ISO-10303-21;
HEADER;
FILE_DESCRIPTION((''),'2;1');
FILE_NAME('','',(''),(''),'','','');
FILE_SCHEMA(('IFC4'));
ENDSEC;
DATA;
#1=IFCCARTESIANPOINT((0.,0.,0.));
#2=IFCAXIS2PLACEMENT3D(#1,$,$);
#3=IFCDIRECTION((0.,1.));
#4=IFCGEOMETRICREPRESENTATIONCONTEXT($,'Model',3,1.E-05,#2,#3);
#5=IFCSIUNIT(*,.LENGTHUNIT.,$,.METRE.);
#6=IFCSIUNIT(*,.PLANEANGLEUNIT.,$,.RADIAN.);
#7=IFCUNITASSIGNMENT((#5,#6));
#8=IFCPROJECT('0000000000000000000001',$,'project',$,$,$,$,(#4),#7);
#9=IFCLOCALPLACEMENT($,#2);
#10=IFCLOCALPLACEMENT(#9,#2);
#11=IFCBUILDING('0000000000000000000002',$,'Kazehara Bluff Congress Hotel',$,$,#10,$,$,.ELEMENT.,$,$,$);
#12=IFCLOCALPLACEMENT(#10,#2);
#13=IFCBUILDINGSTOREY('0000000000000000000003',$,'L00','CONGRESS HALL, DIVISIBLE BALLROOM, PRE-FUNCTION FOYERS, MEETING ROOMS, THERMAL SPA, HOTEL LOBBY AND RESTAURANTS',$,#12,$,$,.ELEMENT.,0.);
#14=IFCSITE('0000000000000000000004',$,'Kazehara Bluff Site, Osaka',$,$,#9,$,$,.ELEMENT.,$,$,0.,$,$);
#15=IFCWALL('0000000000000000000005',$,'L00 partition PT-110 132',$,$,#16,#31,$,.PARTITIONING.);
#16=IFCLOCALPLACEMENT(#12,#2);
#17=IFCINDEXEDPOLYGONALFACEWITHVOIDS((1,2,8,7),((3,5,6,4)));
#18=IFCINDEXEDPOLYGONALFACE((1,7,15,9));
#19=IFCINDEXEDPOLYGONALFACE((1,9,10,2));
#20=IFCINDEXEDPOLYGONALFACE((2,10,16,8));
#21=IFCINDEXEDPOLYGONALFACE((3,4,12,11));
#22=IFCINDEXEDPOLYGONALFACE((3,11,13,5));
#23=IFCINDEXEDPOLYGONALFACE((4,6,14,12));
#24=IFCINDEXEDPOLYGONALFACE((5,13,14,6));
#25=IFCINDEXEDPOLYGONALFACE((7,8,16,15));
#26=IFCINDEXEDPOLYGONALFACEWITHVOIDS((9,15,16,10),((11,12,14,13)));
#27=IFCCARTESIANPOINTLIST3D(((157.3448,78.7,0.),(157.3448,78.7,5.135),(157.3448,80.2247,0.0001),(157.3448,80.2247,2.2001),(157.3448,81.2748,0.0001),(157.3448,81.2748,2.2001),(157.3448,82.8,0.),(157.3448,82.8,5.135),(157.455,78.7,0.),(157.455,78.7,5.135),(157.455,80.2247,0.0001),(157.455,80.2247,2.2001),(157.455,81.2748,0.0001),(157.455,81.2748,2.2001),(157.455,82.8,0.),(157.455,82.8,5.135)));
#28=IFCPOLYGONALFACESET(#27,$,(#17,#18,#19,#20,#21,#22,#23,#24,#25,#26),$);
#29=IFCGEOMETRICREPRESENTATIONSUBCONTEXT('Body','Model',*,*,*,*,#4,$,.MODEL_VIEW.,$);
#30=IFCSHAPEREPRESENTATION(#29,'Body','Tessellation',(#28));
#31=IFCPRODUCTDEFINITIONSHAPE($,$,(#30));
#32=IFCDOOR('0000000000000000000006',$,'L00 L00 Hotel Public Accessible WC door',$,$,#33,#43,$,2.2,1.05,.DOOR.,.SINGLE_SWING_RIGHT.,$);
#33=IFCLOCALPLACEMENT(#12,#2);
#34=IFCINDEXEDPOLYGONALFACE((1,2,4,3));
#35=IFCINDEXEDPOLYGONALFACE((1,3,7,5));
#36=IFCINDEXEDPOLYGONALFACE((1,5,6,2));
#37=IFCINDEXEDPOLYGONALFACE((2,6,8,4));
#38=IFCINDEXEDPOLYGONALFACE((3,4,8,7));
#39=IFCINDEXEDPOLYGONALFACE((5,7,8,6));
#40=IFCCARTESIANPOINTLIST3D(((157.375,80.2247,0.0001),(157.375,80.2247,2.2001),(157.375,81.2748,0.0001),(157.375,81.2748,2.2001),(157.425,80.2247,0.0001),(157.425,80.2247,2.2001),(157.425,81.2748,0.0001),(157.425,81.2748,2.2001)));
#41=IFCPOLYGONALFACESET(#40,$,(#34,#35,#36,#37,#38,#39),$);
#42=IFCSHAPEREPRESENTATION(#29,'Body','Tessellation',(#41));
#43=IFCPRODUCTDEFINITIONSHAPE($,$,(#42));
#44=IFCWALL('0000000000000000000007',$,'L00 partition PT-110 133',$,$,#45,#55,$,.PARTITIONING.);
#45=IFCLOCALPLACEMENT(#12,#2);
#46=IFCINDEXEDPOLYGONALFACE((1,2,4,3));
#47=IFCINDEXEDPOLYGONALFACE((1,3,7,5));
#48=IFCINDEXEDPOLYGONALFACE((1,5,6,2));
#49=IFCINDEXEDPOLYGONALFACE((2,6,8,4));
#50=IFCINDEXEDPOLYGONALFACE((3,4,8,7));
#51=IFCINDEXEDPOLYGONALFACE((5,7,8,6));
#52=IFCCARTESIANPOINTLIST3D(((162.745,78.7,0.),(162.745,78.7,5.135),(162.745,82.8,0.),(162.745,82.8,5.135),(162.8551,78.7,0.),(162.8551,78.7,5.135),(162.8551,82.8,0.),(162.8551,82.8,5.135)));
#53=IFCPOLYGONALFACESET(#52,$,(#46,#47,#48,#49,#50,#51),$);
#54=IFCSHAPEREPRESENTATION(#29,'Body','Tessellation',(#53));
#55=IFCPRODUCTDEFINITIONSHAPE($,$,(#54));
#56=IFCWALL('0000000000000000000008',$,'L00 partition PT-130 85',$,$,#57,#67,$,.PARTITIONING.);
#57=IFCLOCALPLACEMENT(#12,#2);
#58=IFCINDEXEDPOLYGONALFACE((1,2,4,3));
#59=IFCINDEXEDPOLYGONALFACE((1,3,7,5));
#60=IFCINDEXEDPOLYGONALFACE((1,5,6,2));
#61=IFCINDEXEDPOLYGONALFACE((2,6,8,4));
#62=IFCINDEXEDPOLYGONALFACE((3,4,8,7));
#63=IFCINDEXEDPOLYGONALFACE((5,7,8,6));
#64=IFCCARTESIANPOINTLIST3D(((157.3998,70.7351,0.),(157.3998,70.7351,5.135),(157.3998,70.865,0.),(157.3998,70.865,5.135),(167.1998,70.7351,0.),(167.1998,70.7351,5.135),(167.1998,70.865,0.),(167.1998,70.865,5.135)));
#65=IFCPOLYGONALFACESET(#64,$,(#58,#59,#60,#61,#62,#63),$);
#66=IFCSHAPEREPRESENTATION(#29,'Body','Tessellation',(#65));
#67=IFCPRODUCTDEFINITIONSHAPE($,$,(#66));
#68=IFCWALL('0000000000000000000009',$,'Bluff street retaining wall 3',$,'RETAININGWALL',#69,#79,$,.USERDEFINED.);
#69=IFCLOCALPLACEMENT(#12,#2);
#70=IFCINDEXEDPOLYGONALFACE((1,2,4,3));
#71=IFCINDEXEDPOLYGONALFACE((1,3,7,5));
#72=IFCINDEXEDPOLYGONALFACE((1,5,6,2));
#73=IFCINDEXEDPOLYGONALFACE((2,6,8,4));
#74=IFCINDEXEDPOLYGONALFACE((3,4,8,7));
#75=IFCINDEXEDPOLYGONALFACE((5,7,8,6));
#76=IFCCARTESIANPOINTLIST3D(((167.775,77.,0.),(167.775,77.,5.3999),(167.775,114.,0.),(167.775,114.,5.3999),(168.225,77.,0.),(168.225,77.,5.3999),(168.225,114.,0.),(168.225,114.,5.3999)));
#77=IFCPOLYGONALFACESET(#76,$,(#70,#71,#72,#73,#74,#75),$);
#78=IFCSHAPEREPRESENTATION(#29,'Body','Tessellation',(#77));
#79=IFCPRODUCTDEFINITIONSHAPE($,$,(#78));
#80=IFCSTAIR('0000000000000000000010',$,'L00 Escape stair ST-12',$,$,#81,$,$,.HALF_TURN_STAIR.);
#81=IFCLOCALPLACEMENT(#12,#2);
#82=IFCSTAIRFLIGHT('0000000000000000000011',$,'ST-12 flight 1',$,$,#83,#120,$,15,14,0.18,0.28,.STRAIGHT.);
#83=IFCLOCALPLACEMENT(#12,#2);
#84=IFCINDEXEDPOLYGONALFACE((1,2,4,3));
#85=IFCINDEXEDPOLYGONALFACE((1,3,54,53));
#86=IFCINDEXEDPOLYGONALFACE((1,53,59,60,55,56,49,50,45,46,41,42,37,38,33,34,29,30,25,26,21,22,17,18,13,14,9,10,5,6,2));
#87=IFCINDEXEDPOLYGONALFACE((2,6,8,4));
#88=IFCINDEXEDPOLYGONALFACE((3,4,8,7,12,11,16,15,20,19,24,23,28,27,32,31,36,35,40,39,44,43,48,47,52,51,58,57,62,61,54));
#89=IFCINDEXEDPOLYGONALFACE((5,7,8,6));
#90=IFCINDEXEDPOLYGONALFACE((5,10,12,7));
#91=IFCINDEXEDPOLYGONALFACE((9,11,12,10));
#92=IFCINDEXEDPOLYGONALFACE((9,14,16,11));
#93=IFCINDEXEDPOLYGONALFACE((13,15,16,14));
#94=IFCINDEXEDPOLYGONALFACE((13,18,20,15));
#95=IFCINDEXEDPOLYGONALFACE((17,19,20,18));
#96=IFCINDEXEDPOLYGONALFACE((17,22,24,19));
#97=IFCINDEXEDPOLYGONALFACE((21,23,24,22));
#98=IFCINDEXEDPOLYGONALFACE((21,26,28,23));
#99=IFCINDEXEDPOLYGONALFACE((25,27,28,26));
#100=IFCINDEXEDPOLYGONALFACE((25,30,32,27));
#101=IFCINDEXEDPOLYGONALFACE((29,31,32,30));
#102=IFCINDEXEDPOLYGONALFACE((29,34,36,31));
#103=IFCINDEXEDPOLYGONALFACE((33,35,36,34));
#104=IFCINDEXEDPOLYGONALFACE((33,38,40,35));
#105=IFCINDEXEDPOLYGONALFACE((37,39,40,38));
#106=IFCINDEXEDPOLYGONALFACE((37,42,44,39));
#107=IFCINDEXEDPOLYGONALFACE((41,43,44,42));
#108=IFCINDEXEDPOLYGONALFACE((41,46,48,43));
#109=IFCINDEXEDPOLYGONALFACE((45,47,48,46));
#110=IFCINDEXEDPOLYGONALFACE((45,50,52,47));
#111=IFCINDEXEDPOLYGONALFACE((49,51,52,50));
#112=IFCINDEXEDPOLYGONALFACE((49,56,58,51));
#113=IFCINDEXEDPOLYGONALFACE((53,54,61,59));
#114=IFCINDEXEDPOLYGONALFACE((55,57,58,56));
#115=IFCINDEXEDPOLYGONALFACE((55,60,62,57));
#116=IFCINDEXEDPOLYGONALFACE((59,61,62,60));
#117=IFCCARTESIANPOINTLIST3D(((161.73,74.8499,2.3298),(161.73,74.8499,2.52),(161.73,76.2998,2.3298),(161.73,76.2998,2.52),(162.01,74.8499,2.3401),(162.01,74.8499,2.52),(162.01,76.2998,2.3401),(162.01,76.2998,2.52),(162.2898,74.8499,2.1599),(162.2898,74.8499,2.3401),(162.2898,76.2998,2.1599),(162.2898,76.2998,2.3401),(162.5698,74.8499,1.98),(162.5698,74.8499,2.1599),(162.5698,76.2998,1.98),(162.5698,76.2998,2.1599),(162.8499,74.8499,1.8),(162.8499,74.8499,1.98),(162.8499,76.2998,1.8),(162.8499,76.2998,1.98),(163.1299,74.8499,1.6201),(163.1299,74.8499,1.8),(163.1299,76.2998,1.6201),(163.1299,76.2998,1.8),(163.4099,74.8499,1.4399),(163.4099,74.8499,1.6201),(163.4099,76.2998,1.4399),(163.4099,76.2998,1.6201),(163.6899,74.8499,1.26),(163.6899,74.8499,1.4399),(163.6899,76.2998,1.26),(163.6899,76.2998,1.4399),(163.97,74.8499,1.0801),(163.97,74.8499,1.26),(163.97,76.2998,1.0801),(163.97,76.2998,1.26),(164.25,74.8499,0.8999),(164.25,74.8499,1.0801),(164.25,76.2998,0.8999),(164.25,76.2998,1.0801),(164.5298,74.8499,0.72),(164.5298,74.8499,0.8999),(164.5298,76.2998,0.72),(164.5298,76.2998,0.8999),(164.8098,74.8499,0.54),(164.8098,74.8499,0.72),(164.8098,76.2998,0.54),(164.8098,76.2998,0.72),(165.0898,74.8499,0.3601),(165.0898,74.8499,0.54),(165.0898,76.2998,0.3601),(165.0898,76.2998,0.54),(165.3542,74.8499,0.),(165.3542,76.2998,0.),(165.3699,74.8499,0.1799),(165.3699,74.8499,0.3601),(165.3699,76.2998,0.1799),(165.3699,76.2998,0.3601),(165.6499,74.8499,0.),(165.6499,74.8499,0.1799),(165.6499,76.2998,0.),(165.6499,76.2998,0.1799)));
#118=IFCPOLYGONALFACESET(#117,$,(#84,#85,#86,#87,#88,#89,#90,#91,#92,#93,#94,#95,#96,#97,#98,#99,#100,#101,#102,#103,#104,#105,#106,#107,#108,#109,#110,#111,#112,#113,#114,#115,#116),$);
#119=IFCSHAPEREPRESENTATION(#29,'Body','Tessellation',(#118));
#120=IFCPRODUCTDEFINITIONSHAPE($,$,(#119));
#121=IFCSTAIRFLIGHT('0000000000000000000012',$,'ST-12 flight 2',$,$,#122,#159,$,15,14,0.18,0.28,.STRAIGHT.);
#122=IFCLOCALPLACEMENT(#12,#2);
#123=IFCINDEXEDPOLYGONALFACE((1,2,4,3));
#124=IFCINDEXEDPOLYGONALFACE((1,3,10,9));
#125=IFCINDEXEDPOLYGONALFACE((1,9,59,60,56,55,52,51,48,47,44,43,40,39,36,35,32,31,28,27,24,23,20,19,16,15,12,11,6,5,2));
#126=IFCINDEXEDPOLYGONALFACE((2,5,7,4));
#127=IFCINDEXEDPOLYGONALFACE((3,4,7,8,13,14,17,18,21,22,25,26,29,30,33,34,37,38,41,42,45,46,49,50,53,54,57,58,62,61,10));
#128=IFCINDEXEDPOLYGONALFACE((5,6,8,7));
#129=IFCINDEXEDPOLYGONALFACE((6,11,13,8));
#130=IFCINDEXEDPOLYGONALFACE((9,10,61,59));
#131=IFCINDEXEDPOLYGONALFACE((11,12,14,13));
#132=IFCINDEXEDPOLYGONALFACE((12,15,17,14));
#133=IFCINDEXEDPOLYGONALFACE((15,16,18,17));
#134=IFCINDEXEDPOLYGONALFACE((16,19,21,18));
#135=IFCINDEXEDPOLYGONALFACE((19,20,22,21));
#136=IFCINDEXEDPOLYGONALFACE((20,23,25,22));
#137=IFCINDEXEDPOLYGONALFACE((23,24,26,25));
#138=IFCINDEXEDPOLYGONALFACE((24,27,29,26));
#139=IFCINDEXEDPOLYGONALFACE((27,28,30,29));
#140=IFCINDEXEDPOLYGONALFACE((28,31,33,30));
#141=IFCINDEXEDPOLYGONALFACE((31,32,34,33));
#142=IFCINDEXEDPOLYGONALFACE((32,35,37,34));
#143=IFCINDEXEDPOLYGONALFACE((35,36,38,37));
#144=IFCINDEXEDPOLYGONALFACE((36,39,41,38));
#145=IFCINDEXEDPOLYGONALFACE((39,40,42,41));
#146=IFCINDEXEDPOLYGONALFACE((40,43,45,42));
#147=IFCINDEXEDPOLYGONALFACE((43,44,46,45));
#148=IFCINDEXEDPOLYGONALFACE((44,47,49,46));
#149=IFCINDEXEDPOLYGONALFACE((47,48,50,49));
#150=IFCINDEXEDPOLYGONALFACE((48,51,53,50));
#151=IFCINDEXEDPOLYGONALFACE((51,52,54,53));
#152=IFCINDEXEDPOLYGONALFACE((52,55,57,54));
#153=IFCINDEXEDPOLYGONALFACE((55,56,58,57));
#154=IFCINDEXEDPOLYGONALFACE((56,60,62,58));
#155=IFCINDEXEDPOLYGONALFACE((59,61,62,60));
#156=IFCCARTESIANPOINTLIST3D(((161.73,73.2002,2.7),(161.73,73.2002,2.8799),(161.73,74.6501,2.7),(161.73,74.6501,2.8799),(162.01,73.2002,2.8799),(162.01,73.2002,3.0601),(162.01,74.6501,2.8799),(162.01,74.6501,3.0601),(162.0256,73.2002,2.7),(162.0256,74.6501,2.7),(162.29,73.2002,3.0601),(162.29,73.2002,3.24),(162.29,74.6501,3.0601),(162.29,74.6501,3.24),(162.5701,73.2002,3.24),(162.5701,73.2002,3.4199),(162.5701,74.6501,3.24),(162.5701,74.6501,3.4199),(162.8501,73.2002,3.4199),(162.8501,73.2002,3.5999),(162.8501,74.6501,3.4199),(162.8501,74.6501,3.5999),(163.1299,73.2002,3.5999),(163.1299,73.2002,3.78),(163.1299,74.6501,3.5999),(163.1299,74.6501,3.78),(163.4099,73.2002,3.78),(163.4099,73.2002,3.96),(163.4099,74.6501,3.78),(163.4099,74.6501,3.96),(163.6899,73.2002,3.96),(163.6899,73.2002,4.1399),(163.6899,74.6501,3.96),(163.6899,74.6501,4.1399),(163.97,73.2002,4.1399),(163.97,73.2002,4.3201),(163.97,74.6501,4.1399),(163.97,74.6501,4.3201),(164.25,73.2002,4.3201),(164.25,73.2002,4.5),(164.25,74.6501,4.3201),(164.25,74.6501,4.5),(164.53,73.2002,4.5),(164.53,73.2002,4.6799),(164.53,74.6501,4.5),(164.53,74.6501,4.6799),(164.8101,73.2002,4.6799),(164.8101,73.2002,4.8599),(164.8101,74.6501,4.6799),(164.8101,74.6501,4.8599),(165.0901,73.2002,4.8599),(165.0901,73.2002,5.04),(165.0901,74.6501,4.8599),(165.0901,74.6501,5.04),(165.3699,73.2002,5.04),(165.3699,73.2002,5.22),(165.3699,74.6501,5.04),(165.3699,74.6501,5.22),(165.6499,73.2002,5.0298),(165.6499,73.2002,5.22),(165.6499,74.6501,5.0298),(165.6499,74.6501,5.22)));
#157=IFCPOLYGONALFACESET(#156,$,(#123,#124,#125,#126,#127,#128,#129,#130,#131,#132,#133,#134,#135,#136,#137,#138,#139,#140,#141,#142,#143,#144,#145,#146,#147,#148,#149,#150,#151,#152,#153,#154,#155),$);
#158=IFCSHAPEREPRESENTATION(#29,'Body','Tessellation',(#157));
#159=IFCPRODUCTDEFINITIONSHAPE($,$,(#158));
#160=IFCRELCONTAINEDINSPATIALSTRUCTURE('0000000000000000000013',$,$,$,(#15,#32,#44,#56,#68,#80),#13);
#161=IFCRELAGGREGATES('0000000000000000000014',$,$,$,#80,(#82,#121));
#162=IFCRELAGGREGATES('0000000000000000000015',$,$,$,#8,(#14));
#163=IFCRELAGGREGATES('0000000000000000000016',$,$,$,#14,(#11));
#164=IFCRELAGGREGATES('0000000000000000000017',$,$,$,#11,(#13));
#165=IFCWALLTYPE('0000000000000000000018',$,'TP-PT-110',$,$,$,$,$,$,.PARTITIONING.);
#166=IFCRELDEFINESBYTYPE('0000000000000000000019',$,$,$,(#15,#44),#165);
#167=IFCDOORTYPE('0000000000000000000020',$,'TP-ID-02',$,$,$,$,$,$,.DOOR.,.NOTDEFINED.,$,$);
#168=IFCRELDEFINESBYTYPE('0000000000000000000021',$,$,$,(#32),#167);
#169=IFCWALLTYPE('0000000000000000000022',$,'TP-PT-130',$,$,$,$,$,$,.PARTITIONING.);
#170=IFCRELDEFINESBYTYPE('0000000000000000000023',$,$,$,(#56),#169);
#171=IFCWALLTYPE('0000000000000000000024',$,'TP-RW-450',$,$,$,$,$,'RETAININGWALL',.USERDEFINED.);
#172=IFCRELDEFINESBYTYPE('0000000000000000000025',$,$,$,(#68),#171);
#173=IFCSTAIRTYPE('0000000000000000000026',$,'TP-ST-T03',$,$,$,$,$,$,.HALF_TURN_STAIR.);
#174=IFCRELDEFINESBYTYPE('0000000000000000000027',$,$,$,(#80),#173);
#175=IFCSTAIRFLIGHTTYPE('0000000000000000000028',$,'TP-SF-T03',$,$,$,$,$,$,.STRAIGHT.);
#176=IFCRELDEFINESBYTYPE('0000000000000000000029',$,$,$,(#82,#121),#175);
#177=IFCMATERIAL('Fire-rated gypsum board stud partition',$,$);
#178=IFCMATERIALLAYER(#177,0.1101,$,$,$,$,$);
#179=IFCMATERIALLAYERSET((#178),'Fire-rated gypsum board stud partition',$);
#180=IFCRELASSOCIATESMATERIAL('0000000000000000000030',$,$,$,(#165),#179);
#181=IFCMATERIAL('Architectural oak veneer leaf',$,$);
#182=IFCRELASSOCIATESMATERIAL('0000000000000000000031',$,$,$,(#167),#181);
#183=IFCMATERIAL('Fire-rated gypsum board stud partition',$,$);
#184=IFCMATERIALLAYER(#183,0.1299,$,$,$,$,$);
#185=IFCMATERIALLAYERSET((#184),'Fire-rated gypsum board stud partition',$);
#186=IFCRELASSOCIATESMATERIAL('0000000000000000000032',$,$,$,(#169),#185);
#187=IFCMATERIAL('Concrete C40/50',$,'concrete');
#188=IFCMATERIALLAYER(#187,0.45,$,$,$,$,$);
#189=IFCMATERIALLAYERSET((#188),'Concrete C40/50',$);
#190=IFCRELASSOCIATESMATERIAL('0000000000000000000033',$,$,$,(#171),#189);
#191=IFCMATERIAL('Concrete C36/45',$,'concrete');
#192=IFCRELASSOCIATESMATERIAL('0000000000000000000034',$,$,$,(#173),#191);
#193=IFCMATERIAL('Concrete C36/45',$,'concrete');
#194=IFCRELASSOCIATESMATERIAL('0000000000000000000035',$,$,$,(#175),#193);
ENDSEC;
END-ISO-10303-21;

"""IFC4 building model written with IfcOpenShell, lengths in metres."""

from ifc_helpers import new_model, si_unit, direction, frame, frame_2d, origin, place, context, subcontext, project, spatial, polyline, rectangle, outline, extrude, material, layer, layer_set, type_object, element, fill, aggregate, save


model = new_model("IFC4")

# Units and contexts
model_context = context("Model", 3, precision=1e-05, world=origin(), true_north=direction((0.0, 1.0)))
body_context = subcontext(model_context, "Body", "Model", "MODEL_VIEW")
ifc_project = project(units=[si_unit("LENGTHUNIT", "METRE"), si_unit("PLANEANGLEUNIT", "RADIAN")], contexts=[model_context])

# Site, building, storey
site_placement = place(None, origin())
site = spatial("IfcSite", under=ifc_project, at=site_placement, Name="Kazehara Bluff Site, Osaka", CompositionType="ELEMENT", RefElevation=0.0)
building_placement = place(site_placement, origin())
building = spatial("IfcBuilding", under=site, at=building_placement, Name="Kazehara Bluff Congress Hotel", CompositionType="ELEMENT")
storey_placement = place(building_placement, origin())
storey = spatial("IfcBuildingStorey", under=building, at=storey_placement, Name="L00", Description="CONGRESS HALL, DIVISIBLE BALLROOM, PRE-FUNCTION FOYERS, MEETING ROOMS, THERMAL SPA, HOTEL LOBBY AND RESTAURANTS", CompositionType="ELEMENT", Elevation=0.0)

# Shared definitions
ifc_material_1 = material(Name="Fire-rated gypsum board stud partition")
ifc_layer_1 = layer(ifc_material_1, 0.1101)
ifc_layer_set_1 = layer_set([ifc_layer_1], Name="Fire-rated gypsum board stud partition")
wall_type_1 = type_object("IfcWallType", Name="TP-PT-110", PredefinedType="PARTITIONING", material=ifc_layer_set_1)

# Wall, opening, door
wall_1_placement = place(storey_placement, frame((157.3999, 78.7, 0.0), z_axis=(0.0, 0.0, 1.0), x_axis=(0.0, 1.0, 0.0)))
wall_1 = element("IfcWall", 1, at=wall_1_placement, inside=storey, type_object=wall_type_1, Name="L00 partition PT-110 132", PredefinedType="PARTITIONING", context=body_context, shape_type="SweptSolid", body=[
    extrude(rectangle(XDim=4.1001, YDim=0.1101, at=frame_2d((2.05, 0.0))), origin(), (0.0, 0.0, 1.0), 5.135),
])
opening_1_placement = place(wall_1_placement, frame((1.5249, 0.0, 0.0)))
opening_1 = element("IfcOpeningElement", 2, at=opening_1_placement, cuts=wall_1, PredefinedType="OPENING", context=body_context, shape_type="SweptSolid", body=[
    extrude(rectangle(XDim=1.05, YDim=2.2, at=frame_2d((0.5249, 1.1001))), frame((0.0, 0.0649, 0.0), z_axis=(0.0, -1.0, 0.0), x_axis=(1.0, 0.0, 0.0)), (0.0, 0.0, 1.0), 0.1301),
])
ifc_material_2 = material(Name="Architectural oak veneer leaf")
door_type_1 = type_object("IfcDoorType", Name="TP-ID-02", OperationType="NOTDEFINED", PredefinedType="DOOR", material=ifc_material_2)
door_1_placement = place(opening_1_placement, origin())
door_1 = element("IfcDoor", 3, at=door_1_placement, inside=storey, type_object=door_type_1, Name="L00 L00 Hotel Public Accessible WC door", OperationType="SINGLE_SWING_RIGHT", OverallHeight=2.2, OverallWidth=1.05, PredefinedType="DOOR", context=body_context, shape_type="SweptSolid", body=[
    extrude(rectangle(XDim=1.05, YDim=2.2, at=frame_2d((0.5249, 1.1001))), frame((0.0, 0.0249, 0.0), z_axis=(0.0, -1.0, 0.0), x_axis=(1.0, 0.0, 0.0)), (0.0, 0.0, 1.0), 0.05),
])
fill(opening_1, door_1)

# Walls
wall_2_placement = place(storey_placement, frame((162.8, 78.7, 0.0), z_axis=(0.0, 0.0, 1.0), x_axis=(0.0, 1.0, 0.0)))
element("IfcWall", 4, at=wall_2_placement, inside=storey, type_object=wall_type_1, Name="L00 partition PT-110 133", PredefinedType="PARTITIONING", context=body_context, shape_type="SweptSolid", body=[
    extrude(rectangle(XDim=4.1001, YDim=0.1101, at=frame_2d((2.05, 0.0))), origin(), (0.0, 0.0, 1.0), 5.135),
])
ifc_material_3 = material(Name="Fire-rated gypsum board stud partition")
ifc_layer_2 = layer(ifc_material_3, 0.1299)
ifc_layer_set_2 = layer_set([ifc_layer_2], Name="Fire-rated gypsum board stud partition")
wall_type_2 = type_object("IfcWallType", Name="TP-PT-130", PredefinedType="PARTITIONING", material=ifc_layer_set_2)
wall_3_placement = place(storey_placement, frame((157.3999, 70.8, 0.0), z_axis=(0.0, 0.0, 1.0), x_axis=(1.0, 0.0, 0.0)))
element("IfcWall", 5, at=wall_3_placement, inside=storey, type_object=wall_type_2, Name="L00 partition PT-130 85", PredefinedType="PARTITIONING", context=body_context, shape_type="SweptSolid", body=[
    extrude(rectangle(XDim=9.8, YDim=0.1299, at=frame_2d((4.8999, 0.0))), origin(), (0.0, 0.0, 1.0), 5.135),
])
ifc_material_4 = material(Name="Concrete C40/50", Category="concrete")
ifc_layer_3 = layer(ifc_material_4, 0.45)
ifc_layer_set_3 = layer_set([ifc_layer_3], Name="Concrete C40/50")
wall_type_3 = type_object("IfcWallType", Name="TP-RW-450", ElementType="RETAININGWALL", PredefinedType="USERDEFINED", material=ifc_layer_set_3)
wall_4_placement = place(storey_placement, frame((168.0, 77.0, 0.0), z_axis=(0.0, 0.0, 1.0), x_axis=(0.0, 1.0, 0.0)))
element("IfcWall", 6, at=wall_4_placement, inside=storey, type_object=wall_type_3, Name="Bluff street retaining wall 3", ObjectType="RETAININGWALL", PredefinedType="USERDEFINED", context=body_context, shape_type="SweptSolid", body=[
    extrude(rectangle(XDim=37.0, YDim=0.45, at=frame_2d((18.5, 0.0))), origin(), (0.0, 0.0, 1.0), 5.3999),
])

# Stair, stair flights
ifc_material_5 = material(Name="Concrete C36/45", Category="concrete")
stair_type = type_object("IfcStairType", Name="TP-ST-T03", PredefinedType="HALF_TURN_STAIR", material=ifc_material_5)
stair_placement = place(storey_placement, origin())
stair = element("IfcStair", 7, at=stair_placement, inside=storey, type_object=stair_type, Name="L00 Escape stair ST-12", PredefinedType="HALF_TURN_STAIR")
ifc_material_6 = material(Name="Concrete C36/45", Category="concrete")
stair_flight_type = type_object("IfcStairFlightType", Name="TP-SF-T03", PredefinedType="STRAIGHT", material=ifc_material_6)
stair_flight_1_placement = place(storey_placement, frame((165.6499, 75.575, 0.0), z_axis=(0.0, 0.0, 1.0), x_axis=(-1.0, 0.0, 0.0)))
stair_flight_1 = element("IfcStairFlight", 8, at=stair_flight_1_placement, type_object=stair_flight_type, Name="ST-12 flight 1", NumberOfRisers=15, NumberOfTreads=14, PredefinedType="STRAIGHT", RiserHeight=0.18, TreadLength=0.28, context=body_context, shape_type="SweptSolid", body=[
    extrude(outline(polyline([(0.0, 0.0), (0.0, 0.1799), (0.28, 0.1799), (0.28, 0.3601), (0.5601, 0.3601), (0.5601, 0.54), (0.8401, 0.54), (0.8401, 0.72), (1.1201, 0.72), (1.1201, 0.8999), (1.3999, 0.8999), (1.3999, 1.0801), (1.6799, 1.0801), (1.6799, 1.26), (1.96, 1.26), (1.96, 1.4399), (2.24, 1.4399), (2.24, 1.6201), (2.52, 1.6201), (2.52, 1.8), (2.8, 1.8), (2.8, 1.98), (3.0801, 1.98), (3.0801, 2.1599), (3.3601, 2.1599), (3.3601, 2.3401), (3.6399, 2.3401), (3.6399, 2.52), (3.9199, 2.52), (3.9199, 2.7), (3.9199, 2.3298), (0.2957, 0.0), (0.0, 0.0)])), frame((0.0, 0.7251, 0.0), z_axis=(0.0, -1.0, 0.0), x_axis=(1.0, 0.0, 0.0)), (0.0, 0.0, 1.0), 1.45),
])
stair_flight_2_placement = place(storey_placement, frame((161.73, 73.925, 2.7), z_axis=(0.0, 0.0, 1.0), x_axis=(1.0, 0.0, 0.0)))
stair_flight_2 = element("IfcStairFlight", 9, at=stair_flight_2_placement, type_object=stair_flight_type, Name="ST-12 flight 2", NumberOfRisers=15, NumberOfTreads=14, PredefinedType="STRAIGHT", RiserHeight=0.18, TreadLength=0.28, context=body_context, shape_type="SweptSolid", body=[
    extrude(outline(polyline([(0.0, 0.0), (0.0, 0.1799), (0.28, 0.1799), (0.28, 0.3601), (0.5601, 0.3601), (0.5601, 0.54), (0.8401, 0.54), (0.8401, 0.72), (1.1201, 0.72), (1.1201, 0.8999), (1.3999, 0.8999), (1.3999, 1.0801), (1.6799, 1.0801), (1.6799, 1.26), (1.96, 1.26), (1.96, 1.4399), (2.24, 1.4399), (2.24, 1.6201), (2.52, 1.6201), (2.52, 1.8), (2.8, 1.8), (2.8, 1.98), (3.0801, 1.98), (3.0801, 2.1599), (3.3601, 2.1599), (3.3601, 2.3401), (3.6399, 2.3401), (3.6399, 2.52), (3.9199, 2.52), (3.9199, 2.7), (3.9199, 2.3298), (0.2957, 0.0), (0.0, 0.0)])), frame((0.0, 0.7251, 0.0), z_axis=(0.0, -1.0, 0.0), x_axis=(1.0, 0.0, 0.0)), (0.0, 0.0, 1.0), 1.45),
])
aggregate(stair, [stair_flight_1, stair_flight_2])

save(model, "model.ifc")
